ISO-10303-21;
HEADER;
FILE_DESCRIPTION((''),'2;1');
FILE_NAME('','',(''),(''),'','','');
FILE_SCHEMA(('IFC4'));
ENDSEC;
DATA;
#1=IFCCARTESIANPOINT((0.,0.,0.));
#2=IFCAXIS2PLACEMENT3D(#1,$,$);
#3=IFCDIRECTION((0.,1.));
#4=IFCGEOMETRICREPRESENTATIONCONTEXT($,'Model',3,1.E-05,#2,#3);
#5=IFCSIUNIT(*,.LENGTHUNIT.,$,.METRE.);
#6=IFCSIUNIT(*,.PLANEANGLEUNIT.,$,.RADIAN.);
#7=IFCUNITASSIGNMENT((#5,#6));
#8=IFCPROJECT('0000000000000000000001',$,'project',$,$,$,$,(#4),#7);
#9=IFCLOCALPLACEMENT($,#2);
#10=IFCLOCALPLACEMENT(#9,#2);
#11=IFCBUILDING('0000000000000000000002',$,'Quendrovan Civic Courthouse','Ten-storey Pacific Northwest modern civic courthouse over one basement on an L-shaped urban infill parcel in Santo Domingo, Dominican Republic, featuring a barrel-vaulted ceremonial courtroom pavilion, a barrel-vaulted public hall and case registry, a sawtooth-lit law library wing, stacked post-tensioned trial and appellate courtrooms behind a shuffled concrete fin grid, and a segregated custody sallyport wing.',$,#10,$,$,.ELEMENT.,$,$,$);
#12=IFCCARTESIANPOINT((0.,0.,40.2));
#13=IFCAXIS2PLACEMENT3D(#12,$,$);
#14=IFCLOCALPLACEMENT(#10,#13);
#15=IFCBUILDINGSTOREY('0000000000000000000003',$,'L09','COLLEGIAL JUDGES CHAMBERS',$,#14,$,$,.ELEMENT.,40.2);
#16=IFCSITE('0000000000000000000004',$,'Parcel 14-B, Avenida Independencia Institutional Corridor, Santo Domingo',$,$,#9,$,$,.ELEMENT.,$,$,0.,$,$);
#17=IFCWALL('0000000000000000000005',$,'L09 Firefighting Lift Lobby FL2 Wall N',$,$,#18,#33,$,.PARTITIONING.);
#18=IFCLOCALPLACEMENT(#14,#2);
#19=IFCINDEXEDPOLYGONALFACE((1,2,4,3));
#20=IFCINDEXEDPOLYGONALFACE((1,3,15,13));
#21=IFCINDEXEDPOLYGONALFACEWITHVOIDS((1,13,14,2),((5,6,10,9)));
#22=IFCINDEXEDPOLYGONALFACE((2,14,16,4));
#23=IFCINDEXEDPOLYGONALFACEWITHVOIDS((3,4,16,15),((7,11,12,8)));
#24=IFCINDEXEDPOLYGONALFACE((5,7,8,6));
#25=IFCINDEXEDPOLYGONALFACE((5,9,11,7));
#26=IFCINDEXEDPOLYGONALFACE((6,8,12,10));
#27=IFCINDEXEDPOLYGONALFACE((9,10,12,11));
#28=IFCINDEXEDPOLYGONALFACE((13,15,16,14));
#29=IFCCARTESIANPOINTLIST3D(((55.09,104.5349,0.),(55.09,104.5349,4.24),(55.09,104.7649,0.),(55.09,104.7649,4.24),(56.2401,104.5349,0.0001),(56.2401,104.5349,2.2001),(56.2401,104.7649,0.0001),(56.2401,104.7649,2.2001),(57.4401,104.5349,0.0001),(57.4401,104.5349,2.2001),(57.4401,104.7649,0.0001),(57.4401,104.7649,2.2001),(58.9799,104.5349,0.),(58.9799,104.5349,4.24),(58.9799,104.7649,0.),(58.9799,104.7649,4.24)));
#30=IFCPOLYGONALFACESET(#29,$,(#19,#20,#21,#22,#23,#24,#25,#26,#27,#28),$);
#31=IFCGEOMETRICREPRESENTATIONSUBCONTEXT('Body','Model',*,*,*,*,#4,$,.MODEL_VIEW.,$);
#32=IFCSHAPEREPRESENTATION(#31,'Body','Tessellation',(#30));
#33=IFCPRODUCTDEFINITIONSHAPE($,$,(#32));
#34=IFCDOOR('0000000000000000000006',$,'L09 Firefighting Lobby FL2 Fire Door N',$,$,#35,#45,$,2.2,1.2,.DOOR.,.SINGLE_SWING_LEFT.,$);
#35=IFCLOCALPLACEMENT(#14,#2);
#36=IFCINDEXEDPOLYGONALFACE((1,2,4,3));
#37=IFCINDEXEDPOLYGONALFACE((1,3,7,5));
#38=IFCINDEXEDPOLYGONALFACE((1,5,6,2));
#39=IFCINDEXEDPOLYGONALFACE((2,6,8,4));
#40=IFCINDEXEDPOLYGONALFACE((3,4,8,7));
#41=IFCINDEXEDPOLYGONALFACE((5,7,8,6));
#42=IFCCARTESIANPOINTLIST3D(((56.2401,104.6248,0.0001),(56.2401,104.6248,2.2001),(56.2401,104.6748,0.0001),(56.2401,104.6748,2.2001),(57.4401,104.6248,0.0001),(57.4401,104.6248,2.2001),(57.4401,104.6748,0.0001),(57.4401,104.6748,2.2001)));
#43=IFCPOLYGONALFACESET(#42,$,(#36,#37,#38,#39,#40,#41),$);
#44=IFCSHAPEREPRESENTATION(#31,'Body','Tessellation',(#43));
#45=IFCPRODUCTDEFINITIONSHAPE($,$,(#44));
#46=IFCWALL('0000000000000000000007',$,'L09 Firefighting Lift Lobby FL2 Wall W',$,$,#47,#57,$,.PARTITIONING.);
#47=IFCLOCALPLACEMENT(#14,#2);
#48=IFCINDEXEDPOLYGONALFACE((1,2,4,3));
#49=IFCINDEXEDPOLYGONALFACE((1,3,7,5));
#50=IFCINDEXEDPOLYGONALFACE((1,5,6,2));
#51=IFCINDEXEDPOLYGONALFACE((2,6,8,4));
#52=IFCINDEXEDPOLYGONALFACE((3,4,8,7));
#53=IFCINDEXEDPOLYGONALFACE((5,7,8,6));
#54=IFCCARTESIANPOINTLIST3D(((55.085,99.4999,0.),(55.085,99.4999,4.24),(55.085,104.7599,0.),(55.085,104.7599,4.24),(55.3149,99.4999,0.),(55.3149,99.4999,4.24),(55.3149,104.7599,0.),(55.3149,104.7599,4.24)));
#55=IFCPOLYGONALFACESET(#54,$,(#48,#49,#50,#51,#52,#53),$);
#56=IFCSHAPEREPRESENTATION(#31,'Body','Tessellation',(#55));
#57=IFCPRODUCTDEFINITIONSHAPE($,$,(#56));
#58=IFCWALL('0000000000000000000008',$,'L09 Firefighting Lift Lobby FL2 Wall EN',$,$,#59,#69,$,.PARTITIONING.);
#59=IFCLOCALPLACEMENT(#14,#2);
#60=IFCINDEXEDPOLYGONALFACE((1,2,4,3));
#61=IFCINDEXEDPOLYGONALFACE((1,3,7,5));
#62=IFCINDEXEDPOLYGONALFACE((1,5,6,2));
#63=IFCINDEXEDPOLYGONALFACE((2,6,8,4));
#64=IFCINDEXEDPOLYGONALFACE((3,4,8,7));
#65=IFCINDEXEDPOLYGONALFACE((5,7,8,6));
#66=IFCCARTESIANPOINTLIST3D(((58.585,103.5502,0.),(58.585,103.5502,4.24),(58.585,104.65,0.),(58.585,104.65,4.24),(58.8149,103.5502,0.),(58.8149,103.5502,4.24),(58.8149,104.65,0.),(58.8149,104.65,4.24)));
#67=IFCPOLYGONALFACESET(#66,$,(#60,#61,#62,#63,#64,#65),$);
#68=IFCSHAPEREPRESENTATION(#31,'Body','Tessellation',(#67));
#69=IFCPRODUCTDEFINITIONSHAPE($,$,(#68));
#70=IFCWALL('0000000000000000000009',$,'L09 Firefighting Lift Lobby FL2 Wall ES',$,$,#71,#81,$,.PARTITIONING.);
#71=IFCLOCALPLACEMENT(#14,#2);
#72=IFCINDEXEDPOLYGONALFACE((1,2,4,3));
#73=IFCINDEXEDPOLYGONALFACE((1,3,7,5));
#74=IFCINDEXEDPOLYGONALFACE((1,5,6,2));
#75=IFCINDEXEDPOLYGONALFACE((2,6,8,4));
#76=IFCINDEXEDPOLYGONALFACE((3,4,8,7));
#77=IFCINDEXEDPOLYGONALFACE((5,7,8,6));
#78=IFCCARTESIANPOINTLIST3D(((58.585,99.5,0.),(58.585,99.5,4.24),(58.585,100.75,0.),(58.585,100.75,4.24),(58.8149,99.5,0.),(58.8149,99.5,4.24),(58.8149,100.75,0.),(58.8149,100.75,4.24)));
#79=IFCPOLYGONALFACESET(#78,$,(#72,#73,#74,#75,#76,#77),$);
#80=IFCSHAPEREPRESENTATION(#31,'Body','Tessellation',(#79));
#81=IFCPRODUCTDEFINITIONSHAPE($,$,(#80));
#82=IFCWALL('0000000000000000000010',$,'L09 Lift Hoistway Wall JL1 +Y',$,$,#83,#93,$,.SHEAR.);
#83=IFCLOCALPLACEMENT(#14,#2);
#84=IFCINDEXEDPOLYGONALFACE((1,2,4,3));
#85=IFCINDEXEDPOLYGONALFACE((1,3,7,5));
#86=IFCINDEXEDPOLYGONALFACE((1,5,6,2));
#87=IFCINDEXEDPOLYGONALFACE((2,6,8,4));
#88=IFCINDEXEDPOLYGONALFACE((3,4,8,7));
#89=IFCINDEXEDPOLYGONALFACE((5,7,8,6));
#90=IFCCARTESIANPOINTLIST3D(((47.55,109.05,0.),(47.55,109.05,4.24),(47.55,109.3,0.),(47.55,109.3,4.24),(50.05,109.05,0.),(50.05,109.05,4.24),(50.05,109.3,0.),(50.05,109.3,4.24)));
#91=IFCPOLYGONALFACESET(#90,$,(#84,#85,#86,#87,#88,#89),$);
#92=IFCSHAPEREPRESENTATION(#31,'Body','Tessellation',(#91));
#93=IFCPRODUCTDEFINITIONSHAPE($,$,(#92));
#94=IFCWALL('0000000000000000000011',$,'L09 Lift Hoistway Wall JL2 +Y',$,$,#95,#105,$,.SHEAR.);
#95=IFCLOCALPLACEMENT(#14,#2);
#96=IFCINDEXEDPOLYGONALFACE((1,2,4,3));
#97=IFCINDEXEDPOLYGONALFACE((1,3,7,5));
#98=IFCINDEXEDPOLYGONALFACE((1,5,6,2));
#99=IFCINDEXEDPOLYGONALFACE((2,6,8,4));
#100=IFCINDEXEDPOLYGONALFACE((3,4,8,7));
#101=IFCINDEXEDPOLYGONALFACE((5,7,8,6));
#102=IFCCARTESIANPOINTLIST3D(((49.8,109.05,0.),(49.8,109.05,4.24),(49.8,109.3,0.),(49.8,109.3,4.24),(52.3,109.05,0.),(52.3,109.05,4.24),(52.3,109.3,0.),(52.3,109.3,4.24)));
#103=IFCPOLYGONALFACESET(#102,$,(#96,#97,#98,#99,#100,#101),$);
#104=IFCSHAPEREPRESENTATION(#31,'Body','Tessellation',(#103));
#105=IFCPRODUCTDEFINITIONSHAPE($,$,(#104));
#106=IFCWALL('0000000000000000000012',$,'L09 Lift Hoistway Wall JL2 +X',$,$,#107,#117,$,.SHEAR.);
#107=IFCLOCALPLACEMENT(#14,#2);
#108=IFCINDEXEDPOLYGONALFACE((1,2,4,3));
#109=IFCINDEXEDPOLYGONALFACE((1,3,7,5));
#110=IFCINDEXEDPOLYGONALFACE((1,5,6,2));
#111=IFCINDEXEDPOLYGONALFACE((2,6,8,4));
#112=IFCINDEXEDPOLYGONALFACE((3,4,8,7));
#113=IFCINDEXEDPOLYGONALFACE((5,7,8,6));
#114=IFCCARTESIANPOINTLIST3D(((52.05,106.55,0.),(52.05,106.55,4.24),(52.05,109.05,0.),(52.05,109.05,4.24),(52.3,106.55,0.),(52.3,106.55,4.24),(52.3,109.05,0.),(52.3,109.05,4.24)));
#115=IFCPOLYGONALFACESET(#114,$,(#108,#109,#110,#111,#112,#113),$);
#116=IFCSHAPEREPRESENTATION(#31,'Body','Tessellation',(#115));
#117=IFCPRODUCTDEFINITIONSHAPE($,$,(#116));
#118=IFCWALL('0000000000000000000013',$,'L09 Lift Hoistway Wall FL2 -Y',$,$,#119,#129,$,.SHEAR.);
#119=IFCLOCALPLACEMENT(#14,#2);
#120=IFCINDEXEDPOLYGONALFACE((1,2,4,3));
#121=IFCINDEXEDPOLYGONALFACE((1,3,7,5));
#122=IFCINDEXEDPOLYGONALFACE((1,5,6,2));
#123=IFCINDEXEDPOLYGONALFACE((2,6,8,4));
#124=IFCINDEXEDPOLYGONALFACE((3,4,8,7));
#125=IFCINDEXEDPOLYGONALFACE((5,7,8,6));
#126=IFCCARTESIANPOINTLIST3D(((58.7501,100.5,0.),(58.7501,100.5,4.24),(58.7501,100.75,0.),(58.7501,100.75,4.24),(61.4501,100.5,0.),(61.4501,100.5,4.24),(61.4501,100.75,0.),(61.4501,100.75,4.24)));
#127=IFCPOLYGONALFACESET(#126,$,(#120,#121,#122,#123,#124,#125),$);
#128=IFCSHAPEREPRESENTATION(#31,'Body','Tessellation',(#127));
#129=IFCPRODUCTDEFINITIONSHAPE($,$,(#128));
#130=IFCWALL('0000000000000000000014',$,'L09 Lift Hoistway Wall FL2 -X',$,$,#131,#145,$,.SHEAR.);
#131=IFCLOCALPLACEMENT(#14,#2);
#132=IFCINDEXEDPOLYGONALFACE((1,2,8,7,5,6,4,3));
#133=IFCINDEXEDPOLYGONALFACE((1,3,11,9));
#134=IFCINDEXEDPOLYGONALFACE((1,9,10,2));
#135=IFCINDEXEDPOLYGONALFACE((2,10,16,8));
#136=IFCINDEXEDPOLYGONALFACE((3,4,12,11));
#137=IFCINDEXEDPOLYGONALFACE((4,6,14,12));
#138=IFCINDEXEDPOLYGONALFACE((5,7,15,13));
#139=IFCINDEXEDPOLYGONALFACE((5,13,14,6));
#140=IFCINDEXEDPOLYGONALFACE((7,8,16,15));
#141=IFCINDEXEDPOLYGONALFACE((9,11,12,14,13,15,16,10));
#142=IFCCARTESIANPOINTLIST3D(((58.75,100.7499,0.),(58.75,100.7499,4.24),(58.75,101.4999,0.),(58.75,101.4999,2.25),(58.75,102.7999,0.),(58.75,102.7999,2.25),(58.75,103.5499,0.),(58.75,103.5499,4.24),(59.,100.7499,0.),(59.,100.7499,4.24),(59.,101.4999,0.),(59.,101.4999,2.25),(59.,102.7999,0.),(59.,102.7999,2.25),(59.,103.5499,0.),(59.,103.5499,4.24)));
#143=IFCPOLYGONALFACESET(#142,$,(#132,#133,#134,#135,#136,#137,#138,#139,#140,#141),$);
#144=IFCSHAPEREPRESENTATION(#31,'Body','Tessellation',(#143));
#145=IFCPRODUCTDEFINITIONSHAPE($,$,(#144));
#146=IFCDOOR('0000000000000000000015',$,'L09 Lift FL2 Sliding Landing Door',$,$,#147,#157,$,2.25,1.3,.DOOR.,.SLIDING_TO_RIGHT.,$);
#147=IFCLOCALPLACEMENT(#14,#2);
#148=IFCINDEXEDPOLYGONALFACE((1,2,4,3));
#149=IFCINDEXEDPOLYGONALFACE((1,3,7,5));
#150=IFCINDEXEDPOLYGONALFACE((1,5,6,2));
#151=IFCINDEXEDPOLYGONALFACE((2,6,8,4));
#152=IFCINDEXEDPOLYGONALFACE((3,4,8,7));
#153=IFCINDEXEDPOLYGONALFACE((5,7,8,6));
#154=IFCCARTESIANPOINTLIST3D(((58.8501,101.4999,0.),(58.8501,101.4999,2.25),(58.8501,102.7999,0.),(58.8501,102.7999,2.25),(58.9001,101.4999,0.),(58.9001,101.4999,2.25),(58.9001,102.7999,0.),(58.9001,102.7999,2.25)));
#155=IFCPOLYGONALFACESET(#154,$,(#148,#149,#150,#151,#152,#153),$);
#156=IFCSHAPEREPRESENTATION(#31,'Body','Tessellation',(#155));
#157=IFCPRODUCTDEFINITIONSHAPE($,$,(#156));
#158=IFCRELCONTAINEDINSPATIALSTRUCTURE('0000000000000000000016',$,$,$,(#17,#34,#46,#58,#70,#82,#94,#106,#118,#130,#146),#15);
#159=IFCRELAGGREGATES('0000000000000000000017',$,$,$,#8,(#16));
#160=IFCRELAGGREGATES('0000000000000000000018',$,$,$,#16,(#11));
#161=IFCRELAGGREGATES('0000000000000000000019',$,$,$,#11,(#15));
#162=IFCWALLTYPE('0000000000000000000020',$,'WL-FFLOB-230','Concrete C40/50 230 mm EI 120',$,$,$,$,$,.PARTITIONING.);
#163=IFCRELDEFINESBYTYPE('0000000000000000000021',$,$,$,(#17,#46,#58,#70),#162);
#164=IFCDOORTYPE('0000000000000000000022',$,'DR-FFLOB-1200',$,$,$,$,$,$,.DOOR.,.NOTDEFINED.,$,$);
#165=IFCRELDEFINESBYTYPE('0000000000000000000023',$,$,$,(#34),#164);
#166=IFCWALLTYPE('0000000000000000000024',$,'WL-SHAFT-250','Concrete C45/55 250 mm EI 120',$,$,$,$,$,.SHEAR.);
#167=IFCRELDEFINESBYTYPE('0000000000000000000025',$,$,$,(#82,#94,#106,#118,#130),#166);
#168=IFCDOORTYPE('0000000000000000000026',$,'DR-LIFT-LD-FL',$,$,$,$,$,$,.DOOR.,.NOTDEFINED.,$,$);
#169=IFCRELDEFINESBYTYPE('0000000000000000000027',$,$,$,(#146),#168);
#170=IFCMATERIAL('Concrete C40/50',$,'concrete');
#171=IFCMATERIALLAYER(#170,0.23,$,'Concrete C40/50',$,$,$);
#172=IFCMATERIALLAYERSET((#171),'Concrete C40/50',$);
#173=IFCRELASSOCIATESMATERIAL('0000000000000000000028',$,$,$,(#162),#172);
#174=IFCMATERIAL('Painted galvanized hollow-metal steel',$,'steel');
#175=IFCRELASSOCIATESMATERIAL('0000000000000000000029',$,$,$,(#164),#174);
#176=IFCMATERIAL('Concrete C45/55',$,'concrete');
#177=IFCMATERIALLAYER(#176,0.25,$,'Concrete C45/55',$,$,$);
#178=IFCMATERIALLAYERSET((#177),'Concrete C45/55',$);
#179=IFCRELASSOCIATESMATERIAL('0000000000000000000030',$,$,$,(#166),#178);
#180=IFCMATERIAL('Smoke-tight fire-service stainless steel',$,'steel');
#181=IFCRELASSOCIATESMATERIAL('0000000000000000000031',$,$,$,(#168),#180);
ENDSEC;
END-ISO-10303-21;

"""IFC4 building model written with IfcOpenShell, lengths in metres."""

from ifc_helpers import new_model, si_unit, direction, frame, frame_2d, origin, place, context, subcontext, project, spatial, rectangle, extrude, material, layer, layer_set, type_object, element, fill, save


model = new_model("IFC4")

# Units and contexts
model_context = context("Model", 3, precision=1e-05, world=origin(), true_north=direction((0.0, 1.0)))
body_context = subcontext(model_context, "Body", "Model", "MODEL_VIEW")
ifc_project = project(units=[si_unit("LENGTHUNIT", "METRE"), si_unit("PLANEANGLEUNIT", "RADIAN")], contexts=[model_context])

# Site, building, storey
site_placement = place(None, origin())
site = spatial("IfcSite", under=ifc_project, at=site_placement, Name="Parcel 14-B, Avenida Independencia Institutional Corridor, Santo Domingo", CompositionType="ELEMENT", RefElevation=0.0)
building_placement = place(site_placement, origin())
building = spatial("IfcBuilding", under=site, at=building_placement, Name="Quendrovan Civic Courthouse", Description="Ten-storey Pacific Northwest modern civic courthouse over one basement on an L-shaped urban infill parcel in Santo Domingo, Dominican Republic, featuring a barrel-vaulted ceremonial courtroom pavilion, a barrel-vaulted public hall and case registry, a sawtooth-lit law library wing, stacked post-tensioned trial and appellate courtrooms behind a shuffled concrete fin grid, and a segregated custody sallyport wing.", CompositionType="ELEMENT")
storey_placement = place(building_placement, frame((0.0, 0.0, 40.2)))
storey = spatial("IfcBuildingStorey", under=building, at=storey_placement, Name="L09", Description="COLLEGIAL JUDGES CHAMBERS", CompositionType="ELEMENT", Elevation=40.2)

# Shared definitions
ifc_material_1 = material(Name="Concrete C45/55", Category="concrete")

# Shared definitions
ifc_material_2 = material(Name="Concrete C40/50", Category="concrete")

# Wall, opening, door
ifc_layer_1 = layer(ifc_material_2, 0.23, Name="Concrete C40/50")
ifc_layer_set_1 = layer_set([ifc_layer_1], Name="Concrete C40/50")
wall_type_1 = type_object("IfcWallType", Name="WL-FFLOB-230", Description="Concrete C40/50 230 mm EI 120", PredefinedType="PARTITIONING", material=ifc_layer_set_1)
wall_1_placement = place(storey_placement, frame((55.0901, 104.6499, 0.0), z_axis=(0.0, 0.0, 1.0), x_axis=(1.0, 0.0, 0.0)))
wall_1 = element("IfcWall", 1, at=wall_1_placement, inside=storey, type_object=wall_type_1, Name="L09 Firefighting Lift Lobby FL2 Wall N", PredefinedType="PARTITIONING", context=body_context, shape_type="SweptSolid", body=[
    extrude(rectangle(XDim=3.8899, YDim=0.23, at=frame_2d((1.9448, 0.0))), origin(), (0.0, 0.0, 1.0), 4.24),
])
opening_1_placement = place(wall_1_placement, frame((1.1499, 0.0, 0.0)))
opening_1 = element("IfcOpeningElement", 2, at=opening_1_placement, cuts=wall_1, PredefinedType="OPENING", context=body_context, shape_type="SweptSolid", body=[
    extrude(rectangle(XDim=1.2, YDim=2.2, at=frame_2d((0.6001, 1.1001))), frame((0.0, 0.125, 0.0), z_axis=(0.0, -1.0, 0.0), x_axis=(1.0, 0.0, 0.0)), (0.0, 0.0, 1.0), 0.25),
])
ifc_material_3 = material(Name="Painted galvanized hollow-metal steel", Category="steel")
door_type_1 = type_object("IfcDoorType", Name="DR-FFLOB-1200", OperationType="NOTDEFINED", PredefinedType="DOOR", material=ifc_material_3)
door_1_placement = place(opening_1_placement, origin())
door_1 = element("IfcDoor", 3, at=door_1_placement, inside=storey, type_object=door_type_1, Name="L09 Firefighting Lobby FL2 Fire Door N", OperationType="SINGLE_SWING_LEFT", OverallHeight=2.2, OverallWidth=1.2, PredefinedType="DOOR", context=body_context, shape_type="SweptSolid", body=[
    extrude(rectangle(XDim=1.2, YDim=2.2, at=frame_2d((0.6001, 1.1001))), frame((0.0, 0.0249, 0.0), z_axis=(0.0, -1.0, 0.0), x_axis=(1.0, 0.0, 0.0)), (0.0, 0.0, 1.0), 0.05),
])
fill(opening_1, door_1)

# Walls
wall_2_placement = place(storey_placement, frame((55.2, 99.5, 0.0), z_axis=(0.0, 0.0, 1.0), x_axis=(0.0, 1.0, 0.0)))
element("IfcWall", 4, at=wall_2_placement, inside=storey, type_object=wall_type_1, Name="L09 Firefighting Lift Lobby FL2 Wall W", PredefinedType="PARTITIONING", context=body_context, shape_type="SweptSolid", body=[
    extrude(rectangle(XDim=5.26, YDim=0.23, at=frame_2d((2.6299, 0.0))), origin(), (0.0, 0.0, 1.0), 4.24),
])
wall_3_placement = place(storey_placement, frame((58.7, 104.6499, 0.0), z_axis=(0.0, 0.0, 1.0), x_axis=(0.0, -1.0, 0.0)))
element("IfcWall", 5, at=wall_3_placement, inside=storey, type_object=wall_type_1, Name="L09 Firefighting Lift Lobby FL2 Wall EN", PredefinedType="PARTITIONING", context=body_context, shape_type="SweptSolid", body=[
    extrude(rectangle(XDim=1.0999, YDim=0.23, at=frame_2d((0.5498, 0.0))), origin(), (0.0, 0.0, 1.0), 4.24),
])
wall_4_placement = place(storey_placement, frame((58.7, 100.75, 0.0), z_axis=(0.0, 0.0, 1.0), x_axis=(0.0, -1.0, 0.0)))
element("IfcWall", 6, at=wall_4_placement, inside=storey, type_object=wall_type_1, Name="L09 Firefighting Lift Lobby FL2 Wall ES", PredefinedType="PARTITIONING", context=body_context, shape_type="SweptSolid", body=[
    extrude(rectangle(XDim=1.25, YDim=0.23, at=frame_2d((0.625, 0.0))), origin(), (0.0, 0.0, 1.0), 4.24),
])
ifc_layer_2 = layer(ifc_material_1, 0.25, Name="Concrete C45/55")
ifc_layer_set_2 = layer_set([ifc_layer_2], Name="Concrete C45/55")
wall_type_2 = type_object("IfcWallType", Name="WL-SHAFT-250", Description="Concrete C45/55 250 mm EI 120", PredefinedType="SHEAR", material=ifc_layer_set_2)
for number, where, z_axis, x_axis, name in (
    (7, (50.05, 109.175, 0.0), (0.0, 0.0, 1.0), (-1.0, 0.0, 0.0), "L09 Lift Hoistway Wall JL1 +Y"),
    (8, (52.3, 109.175, 0.0), (0.0, 0.0, 1.0), (-1.0, 0.0, 0.0), "L09 Lift Hoistway Wall JL2 +Y"),
    (9, (52.175, 109.05, 0.0), (0.0, 0.0, 1.0), (0.0, -1.0, 0.0), "L09 Lift Hoistway Wall JL2 +X"),
):
    element("IfcWall", number, at=place(storey_placement, frame(where, z_axis=z_axis, x_axis=x_axis)), inside=storey, type_object=wall_type_2, Name=name, PredefinedType="SHEAR", context=body_context, shape_type="SweptSolid", body=[
        extrude(rectangle(XDim=2.5, YDim=0.25, at=frame_2d((1.25, 0.0))), origin(), (0.0, 0.0, 1.0), 4.24),
    ])
wall_5_placement = place(storey_placement, frame((58.75, 100.625, 0.0), z_axis=(0.0, 0.0, 1.0), x_axis=(1.0, 0.0, 0.0)))
element("IfcWall", 10, at=wall_5_placement, inside=storey, type_object=wall_type_2, Name="L09 Lift Hoistway Wall FL2 -Y", PredefinedType="SHEAR", context=body_context, shape_type="SweptSolid", body=[
    extrude(rectangle(XDim=2.7, YDim=0.25, at=frame_2d((1.3501, 0.0))), origin(), (0.0, 0.0, 1.0), 4.24),
])

# Wall, opening, door
wall_6_placement = place(storey_placement, frame((58.875, 100.75, 0.0), z_axis=(0.0, 0.0, 1.0), x_axis=(0.0, 1.0, 0.0)))
wall_6 = element("IfcWall", 11, at=wall_6_placement, inside=storey, type_object=wall_type_2, Name="L09 Lift Hoistway Wall FL2 -X", PredefinedType="SHEAR", context=body_context, shape_type="SweptSolid", body=[
    extrude(rectangle(XDim=2.8, YDim=0.25, at=frame_2d((1.3999, 0.0))), origin(), (0.0, 0.0, 1.0), 4.24),
])
opening_2_placement = place(wall_6_placement, frame((0.75, 0.0, 0.0)))
opening_2 = element("IfcOpeningElement", 12, at=opening_2_placement, cuts=wall_6, PredefinedType="OPENING", context=body_context, shape_type="SweptSolid", body=[
    extrude(rectangle(XDim=1.3, YDim=2.25, at=frame_2d((0.6499, 1.125))), frame((0.0, 0.135, 0.0), z_axis=(0.0, -1.0, 0.0), x_axis=(1.0, 0.0, 0.0)), (0.0, 0.0, 1.0), 0.27),
])
ifc_material_4 = material(Name="Smoke-tight fire-service stainless steel", Category="steel")
door_type_2 = type_object("IfcDoorType", Name="DR-LIFT-LD-FL", OperationType="NOTDEFINED", PredefinedType="DOOR", material=ifc_material_4)
door_2_placement = place(opening_2_placement, origin())
door_2 = element("IfcDoor", 13, at=door_2_placement, inside=storey, type_object=door_type_2, Name="L09 Lift FL2 Sliding Landing Door", OperationType="SLIDING_TO_RIGHT", OverallHeight=2.25, OverallWidth=1.3, PredefinedType="DOOR", context=body_context, shape_type="SweptSolid", body=[
    extrude(rectangle(XDim=1.3, YDim=2.25, at=frame_2d((0.6499, 1.125))), frame((0.0, 0.0249, 0.0), z_axis=(0.0, -1.0, 0.0), x_axis=(1.0, 0.0, 0.0)), (0.0, 0.0, 1.0), 0.05),
])
fill(opening_2, door_2)

save(model, "model.ifc")
